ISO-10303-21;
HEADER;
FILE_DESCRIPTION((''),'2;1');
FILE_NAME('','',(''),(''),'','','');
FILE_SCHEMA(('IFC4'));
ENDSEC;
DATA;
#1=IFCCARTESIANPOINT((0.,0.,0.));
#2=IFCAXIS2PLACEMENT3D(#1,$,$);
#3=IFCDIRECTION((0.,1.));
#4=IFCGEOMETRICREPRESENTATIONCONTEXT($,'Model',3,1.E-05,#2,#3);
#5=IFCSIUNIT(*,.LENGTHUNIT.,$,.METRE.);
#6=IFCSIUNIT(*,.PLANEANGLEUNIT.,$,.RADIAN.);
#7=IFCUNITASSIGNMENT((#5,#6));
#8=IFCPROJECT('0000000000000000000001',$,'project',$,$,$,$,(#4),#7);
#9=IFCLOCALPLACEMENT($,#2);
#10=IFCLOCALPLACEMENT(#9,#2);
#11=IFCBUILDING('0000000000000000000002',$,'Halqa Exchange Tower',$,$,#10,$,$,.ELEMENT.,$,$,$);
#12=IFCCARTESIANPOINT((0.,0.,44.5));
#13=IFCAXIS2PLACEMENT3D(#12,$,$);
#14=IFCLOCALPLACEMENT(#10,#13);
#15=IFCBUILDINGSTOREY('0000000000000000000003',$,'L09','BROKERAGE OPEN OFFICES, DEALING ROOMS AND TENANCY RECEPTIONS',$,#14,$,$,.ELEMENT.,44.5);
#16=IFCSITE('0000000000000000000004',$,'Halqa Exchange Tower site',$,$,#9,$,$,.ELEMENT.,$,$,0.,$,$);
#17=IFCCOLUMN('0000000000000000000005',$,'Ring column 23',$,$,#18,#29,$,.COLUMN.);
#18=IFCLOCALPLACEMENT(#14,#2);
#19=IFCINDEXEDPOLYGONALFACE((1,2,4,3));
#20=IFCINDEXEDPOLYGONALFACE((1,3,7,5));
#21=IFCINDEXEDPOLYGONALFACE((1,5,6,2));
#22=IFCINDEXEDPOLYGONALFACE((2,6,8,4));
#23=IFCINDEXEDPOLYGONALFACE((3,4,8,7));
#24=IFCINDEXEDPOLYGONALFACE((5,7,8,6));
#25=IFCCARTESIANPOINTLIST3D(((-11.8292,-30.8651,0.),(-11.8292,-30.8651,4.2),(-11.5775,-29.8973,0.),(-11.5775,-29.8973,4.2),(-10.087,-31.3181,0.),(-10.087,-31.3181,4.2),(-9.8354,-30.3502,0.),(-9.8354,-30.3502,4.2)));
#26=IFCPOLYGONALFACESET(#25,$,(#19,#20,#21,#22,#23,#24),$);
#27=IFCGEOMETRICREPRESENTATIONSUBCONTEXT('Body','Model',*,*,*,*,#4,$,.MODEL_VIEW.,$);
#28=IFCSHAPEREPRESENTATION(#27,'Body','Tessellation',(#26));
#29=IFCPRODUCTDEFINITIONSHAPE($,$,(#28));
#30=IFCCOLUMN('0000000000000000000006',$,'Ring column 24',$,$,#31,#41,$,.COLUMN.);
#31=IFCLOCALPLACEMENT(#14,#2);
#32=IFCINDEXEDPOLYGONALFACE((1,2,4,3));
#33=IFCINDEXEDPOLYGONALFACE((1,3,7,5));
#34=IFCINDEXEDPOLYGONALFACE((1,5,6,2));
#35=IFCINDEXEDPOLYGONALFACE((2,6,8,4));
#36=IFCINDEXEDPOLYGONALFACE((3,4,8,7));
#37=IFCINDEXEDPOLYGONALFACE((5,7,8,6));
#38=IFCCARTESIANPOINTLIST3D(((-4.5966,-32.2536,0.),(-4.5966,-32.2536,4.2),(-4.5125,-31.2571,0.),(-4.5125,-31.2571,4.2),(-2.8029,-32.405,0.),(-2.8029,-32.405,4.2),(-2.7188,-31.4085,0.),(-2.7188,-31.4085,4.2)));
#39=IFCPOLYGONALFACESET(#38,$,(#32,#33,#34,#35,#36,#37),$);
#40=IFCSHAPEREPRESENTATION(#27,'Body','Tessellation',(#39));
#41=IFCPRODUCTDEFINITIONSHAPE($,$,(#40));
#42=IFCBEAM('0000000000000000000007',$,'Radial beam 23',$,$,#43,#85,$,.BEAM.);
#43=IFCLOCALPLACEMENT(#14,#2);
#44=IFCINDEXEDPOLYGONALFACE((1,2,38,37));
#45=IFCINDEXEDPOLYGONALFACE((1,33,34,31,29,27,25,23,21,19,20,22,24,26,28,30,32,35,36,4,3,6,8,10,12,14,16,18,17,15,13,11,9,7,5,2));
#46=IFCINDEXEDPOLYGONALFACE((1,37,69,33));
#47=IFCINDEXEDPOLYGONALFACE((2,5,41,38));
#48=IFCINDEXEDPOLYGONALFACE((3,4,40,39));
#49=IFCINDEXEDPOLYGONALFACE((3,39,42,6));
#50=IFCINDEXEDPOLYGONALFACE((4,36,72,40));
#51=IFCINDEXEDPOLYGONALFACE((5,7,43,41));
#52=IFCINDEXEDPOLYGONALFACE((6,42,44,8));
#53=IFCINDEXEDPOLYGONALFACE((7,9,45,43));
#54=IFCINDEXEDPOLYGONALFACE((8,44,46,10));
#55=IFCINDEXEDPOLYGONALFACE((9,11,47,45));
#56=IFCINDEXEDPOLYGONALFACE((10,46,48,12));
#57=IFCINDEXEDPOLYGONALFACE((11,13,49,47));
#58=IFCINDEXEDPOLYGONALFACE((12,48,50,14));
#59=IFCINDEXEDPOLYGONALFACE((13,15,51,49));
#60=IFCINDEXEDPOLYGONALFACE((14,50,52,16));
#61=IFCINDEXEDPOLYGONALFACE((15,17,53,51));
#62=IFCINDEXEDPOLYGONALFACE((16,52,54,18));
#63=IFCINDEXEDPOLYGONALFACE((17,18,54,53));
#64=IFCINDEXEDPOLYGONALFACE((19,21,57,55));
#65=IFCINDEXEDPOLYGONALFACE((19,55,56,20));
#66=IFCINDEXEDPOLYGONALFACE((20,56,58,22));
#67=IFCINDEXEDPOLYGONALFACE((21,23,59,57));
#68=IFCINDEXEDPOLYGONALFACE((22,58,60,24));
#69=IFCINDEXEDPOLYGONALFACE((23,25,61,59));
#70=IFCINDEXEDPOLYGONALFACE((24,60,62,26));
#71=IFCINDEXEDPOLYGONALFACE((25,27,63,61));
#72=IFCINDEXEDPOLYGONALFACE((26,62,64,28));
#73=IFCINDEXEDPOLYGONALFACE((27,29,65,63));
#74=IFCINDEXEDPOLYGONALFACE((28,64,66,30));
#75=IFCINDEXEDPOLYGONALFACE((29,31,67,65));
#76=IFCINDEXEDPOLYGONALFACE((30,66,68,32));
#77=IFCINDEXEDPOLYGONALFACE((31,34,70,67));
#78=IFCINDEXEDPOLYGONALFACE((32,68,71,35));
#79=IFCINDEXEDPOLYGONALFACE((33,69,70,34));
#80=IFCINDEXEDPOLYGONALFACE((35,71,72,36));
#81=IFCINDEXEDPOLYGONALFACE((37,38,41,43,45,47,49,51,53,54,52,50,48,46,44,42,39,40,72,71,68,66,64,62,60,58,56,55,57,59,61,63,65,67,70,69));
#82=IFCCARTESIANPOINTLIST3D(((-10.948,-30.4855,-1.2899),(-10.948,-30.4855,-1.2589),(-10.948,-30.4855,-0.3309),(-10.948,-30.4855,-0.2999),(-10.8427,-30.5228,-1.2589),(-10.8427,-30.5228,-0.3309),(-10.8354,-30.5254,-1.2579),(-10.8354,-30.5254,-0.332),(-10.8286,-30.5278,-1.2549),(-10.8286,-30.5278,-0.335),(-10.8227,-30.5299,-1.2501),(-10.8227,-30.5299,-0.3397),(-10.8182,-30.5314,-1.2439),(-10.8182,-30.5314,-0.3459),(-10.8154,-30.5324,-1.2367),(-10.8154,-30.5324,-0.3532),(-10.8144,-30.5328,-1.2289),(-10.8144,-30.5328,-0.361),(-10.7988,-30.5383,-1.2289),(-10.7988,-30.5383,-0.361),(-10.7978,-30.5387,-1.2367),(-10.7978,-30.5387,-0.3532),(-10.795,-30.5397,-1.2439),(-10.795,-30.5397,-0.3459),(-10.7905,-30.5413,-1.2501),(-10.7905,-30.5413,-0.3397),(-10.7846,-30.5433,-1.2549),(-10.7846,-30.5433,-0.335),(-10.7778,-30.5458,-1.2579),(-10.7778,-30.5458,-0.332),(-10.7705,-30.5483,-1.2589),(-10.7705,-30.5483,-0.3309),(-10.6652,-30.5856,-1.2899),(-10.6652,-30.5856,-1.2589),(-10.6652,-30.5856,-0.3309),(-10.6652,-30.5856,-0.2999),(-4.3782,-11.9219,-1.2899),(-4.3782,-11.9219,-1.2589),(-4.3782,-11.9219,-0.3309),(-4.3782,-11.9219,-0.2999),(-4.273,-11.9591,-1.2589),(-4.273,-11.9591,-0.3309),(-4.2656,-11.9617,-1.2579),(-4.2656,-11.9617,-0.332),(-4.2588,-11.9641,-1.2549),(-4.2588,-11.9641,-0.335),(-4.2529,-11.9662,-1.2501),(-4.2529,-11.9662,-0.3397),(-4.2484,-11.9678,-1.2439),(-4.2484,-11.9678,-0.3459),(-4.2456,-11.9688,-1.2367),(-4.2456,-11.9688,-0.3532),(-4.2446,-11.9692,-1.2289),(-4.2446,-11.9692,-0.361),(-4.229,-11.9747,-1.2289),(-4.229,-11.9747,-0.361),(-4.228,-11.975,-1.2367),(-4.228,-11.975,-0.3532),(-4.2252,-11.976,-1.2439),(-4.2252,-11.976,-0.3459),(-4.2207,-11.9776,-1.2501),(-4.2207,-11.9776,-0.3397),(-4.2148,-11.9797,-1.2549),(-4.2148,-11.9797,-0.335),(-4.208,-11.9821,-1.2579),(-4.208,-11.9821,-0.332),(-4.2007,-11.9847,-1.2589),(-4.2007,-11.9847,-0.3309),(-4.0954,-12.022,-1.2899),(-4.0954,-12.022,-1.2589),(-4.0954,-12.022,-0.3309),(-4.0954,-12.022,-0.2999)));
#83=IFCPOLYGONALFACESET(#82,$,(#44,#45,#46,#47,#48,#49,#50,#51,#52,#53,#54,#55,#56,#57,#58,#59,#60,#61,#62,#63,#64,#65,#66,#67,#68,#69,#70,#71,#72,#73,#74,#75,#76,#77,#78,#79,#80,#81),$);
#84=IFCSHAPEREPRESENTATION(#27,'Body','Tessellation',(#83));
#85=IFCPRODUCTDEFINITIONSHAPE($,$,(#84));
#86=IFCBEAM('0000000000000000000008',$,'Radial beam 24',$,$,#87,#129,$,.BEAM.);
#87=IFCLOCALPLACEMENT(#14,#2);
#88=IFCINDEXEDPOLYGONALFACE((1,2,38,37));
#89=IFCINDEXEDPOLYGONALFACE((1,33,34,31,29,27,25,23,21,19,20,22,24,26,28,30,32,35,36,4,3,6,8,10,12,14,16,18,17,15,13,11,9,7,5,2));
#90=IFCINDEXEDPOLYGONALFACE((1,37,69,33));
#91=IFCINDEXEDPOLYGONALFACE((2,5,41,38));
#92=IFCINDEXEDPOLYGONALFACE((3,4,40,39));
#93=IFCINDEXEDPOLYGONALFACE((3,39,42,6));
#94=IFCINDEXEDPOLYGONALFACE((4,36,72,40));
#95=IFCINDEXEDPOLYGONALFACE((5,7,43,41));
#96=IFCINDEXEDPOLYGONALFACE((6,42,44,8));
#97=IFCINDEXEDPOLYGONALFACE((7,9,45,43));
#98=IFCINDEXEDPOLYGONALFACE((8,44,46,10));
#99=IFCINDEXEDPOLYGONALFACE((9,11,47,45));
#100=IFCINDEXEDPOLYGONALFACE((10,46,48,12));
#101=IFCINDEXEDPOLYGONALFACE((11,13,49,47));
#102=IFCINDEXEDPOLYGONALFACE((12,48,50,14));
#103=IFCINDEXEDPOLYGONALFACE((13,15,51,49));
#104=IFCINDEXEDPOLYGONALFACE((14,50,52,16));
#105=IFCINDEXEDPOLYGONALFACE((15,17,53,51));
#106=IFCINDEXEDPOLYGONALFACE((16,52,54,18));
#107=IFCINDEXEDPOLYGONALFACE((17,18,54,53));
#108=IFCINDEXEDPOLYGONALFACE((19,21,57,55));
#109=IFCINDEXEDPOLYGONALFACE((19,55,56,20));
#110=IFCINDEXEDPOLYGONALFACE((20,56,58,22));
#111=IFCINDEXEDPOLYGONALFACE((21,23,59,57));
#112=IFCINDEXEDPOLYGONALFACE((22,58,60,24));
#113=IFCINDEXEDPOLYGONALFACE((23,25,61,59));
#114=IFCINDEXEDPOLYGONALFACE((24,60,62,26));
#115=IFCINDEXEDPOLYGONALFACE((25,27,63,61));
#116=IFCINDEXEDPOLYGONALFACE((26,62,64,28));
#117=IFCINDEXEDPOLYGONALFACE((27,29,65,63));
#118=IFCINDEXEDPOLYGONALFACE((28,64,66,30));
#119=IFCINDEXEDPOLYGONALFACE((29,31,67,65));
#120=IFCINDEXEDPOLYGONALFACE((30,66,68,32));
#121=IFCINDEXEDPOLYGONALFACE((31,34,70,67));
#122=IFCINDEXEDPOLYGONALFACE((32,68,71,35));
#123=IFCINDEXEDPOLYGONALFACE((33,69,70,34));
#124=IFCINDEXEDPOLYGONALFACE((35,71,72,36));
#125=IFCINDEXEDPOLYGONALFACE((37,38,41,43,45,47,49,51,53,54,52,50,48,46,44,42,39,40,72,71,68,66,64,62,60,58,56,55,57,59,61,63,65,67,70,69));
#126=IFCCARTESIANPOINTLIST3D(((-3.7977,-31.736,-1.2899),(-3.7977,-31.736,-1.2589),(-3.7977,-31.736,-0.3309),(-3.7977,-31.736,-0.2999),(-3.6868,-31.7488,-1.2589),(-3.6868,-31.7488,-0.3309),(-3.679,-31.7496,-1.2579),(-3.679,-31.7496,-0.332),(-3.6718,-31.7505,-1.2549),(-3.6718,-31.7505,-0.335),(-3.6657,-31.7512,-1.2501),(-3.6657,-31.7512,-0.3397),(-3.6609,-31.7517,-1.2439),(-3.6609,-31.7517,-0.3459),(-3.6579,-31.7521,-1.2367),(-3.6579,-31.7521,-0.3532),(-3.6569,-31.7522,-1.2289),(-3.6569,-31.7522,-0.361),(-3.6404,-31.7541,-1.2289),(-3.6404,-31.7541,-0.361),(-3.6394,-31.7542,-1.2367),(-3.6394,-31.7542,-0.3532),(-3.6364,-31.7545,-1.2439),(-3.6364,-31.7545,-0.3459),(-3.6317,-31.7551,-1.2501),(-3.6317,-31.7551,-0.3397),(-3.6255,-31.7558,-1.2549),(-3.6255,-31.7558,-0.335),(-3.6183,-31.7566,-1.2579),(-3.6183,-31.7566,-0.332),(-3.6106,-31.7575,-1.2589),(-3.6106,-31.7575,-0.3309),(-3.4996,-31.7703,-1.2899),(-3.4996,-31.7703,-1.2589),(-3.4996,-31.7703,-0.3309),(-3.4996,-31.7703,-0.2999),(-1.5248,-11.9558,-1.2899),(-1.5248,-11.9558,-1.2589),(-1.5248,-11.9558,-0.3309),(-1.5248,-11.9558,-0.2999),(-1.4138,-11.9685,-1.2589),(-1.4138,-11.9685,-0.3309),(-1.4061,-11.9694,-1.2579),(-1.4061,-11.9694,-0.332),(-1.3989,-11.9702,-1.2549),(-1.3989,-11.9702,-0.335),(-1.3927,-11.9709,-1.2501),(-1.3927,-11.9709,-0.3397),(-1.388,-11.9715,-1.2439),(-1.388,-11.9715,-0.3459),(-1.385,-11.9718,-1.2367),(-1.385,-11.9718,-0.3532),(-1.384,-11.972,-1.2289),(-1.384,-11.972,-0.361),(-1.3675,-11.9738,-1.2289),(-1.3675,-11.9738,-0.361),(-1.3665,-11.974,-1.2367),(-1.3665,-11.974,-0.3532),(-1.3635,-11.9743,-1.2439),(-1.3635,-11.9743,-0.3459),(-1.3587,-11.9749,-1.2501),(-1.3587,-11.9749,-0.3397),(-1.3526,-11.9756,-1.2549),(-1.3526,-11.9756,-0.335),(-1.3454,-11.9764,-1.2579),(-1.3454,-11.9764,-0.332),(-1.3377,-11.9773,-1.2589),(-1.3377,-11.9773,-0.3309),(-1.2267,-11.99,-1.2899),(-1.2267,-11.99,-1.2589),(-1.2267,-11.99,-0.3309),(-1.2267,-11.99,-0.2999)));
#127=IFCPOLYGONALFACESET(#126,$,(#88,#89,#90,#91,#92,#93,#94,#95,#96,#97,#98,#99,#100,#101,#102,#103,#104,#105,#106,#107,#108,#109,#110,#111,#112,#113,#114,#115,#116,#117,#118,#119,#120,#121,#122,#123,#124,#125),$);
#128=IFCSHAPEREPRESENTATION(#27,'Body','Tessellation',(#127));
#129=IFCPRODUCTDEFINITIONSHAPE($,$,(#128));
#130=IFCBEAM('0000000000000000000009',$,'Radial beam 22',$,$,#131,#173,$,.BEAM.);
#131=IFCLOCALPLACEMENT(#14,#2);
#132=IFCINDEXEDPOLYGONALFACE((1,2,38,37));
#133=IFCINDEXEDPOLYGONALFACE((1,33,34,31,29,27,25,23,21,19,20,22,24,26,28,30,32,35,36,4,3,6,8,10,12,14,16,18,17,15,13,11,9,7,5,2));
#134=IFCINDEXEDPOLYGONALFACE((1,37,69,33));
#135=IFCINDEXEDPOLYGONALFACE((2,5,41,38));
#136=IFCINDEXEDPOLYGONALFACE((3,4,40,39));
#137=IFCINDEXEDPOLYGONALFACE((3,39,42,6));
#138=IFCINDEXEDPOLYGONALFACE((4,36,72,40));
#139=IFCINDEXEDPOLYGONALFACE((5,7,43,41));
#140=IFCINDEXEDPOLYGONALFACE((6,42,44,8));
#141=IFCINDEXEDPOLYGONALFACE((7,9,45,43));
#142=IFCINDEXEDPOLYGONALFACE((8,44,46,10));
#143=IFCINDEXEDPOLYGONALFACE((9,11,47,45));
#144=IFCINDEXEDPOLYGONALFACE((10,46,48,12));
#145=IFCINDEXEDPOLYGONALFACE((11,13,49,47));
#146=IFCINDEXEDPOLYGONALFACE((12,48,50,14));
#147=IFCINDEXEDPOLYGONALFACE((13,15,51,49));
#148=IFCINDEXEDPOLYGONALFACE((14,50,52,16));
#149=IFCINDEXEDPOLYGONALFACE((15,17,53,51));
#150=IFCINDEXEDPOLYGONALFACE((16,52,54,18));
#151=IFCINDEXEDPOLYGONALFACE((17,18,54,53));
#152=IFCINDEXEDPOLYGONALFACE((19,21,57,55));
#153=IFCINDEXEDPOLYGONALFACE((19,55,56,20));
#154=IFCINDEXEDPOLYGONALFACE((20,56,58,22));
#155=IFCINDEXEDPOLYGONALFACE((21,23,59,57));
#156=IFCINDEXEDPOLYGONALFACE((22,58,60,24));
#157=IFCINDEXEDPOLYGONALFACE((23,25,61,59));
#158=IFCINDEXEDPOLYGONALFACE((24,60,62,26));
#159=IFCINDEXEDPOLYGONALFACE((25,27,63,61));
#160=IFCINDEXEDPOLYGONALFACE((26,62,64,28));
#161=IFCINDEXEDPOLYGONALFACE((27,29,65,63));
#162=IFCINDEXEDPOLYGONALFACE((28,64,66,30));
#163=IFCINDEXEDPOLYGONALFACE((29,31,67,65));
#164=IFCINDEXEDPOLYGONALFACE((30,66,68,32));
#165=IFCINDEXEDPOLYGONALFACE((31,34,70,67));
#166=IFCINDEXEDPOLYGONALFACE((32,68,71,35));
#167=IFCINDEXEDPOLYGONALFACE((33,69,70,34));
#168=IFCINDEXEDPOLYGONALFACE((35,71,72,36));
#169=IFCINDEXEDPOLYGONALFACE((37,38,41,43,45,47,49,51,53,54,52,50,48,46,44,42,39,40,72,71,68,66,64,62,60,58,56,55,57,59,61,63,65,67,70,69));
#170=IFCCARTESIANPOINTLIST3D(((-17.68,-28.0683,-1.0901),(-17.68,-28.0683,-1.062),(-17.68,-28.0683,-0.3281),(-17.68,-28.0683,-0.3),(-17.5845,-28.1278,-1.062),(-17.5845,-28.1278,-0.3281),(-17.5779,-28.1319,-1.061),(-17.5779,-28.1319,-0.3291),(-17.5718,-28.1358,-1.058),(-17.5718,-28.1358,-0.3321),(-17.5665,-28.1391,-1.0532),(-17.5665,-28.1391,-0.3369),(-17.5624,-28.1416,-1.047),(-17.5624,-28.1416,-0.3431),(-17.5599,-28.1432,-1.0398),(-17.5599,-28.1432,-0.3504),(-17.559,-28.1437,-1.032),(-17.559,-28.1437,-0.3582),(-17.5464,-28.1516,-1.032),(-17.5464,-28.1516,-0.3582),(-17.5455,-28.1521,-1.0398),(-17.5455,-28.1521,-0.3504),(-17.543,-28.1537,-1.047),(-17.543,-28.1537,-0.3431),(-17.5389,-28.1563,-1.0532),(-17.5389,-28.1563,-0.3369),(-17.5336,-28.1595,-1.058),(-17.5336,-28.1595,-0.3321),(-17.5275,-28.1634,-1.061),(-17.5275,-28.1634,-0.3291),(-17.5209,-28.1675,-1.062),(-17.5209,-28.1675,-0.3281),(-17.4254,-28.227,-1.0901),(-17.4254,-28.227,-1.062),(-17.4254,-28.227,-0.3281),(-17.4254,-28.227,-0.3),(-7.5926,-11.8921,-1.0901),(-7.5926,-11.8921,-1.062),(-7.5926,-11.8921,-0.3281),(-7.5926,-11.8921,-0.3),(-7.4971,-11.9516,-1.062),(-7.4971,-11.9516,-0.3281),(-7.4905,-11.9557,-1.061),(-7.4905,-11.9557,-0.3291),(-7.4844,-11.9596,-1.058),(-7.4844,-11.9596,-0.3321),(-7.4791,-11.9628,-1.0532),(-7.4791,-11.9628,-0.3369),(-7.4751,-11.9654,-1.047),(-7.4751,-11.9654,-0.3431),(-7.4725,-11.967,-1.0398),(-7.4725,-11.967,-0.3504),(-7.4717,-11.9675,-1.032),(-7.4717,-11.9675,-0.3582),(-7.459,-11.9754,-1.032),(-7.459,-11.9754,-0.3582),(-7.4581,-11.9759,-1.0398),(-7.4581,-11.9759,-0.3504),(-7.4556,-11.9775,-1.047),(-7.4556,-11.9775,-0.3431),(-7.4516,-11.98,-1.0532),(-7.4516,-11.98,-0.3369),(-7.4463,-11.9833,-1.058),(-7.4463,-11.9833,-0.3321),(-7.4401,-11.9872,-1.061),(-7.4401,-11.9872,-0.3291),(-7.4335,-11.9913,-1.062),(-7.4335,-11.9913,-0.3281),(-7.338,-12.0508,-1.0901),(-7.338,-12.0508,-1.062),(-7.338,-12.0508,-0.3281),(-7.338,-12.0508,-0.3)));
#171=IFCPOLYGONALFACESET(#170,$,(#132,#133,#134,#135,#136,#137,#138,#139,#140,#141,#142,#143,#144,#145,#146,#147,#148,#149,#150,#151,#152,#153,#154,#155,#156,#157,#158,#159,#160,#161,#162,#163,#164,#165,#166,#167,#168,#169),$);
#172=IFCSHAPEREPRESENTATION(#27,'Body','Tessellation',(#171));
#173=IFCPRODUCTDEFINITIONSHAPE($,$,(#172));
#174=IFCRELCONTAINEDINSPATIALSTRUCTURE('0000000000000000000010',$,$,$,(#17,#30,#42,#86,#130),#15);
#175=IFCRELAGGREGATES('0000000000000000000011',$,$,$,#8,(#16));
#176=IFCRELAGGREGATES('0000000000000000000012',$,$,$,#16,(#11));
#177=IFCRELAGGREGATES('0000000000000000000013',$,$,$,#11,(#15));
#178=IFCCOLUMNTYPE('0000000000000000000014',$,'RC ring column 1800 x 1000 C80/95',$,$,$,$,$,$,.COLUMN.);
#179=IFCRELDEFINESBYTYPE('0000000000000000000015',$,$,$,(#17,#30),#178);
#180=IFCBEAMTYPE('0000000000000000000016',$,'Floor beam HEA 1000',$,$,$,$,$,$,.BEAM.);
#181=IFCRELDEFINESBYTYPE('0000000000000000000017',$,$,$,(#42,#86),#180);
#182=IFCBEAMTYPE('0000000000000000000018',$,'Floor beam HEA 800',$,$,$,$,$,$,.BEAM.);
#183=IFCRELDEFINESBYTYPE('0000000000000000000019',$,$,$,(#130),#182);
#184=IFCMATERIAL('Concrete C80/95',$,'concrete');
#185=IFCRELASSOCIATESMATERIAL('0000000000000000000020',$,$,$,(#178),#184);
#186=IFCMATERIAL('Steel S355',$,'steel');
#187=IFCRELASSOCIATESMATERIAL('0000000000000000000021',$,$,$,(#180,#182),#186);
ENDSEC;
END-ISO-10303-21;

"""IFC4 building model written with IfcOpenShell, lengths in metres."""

from ifc_helpers import new_model, si_unit, direction, frame, origin, origin_2d, place, context, subcontext, project, spatial, rectangle, i_section, extrude, material, material_profile, profile_set, type_object, element, save


model = new_model("IFC4")

# Units and contexts
model_context = context("Model", 3, precision=1e-05, world=origin(), true_north=direction((0.0, 1.0)))
body_context = subcontext(model_context, "Body", "Model", "MODEL_VIEW")
ifc_project = project(units=[si_unit("LENGTHUNIT", "METRE"), si_unit("PLANEANGLEUNIT", "RADIAN")], contexts=[model_context])

# Site, building, storey
site_placement = place(None, origin())
site = spatial("IfcSite", under=ifc_project, at=site_placement, Name="Halqa Exchange Tower site", CompositionType="ELEMENT", RefElevation=0.0)
building_placement = place(site_placement, origin())
building = spatial("IfcBuilding", under=site, at=building_placement, Name="Halqa Exchange Tower", CompositionType="ELEMENT")
storey_placement = place(building_placement, frame((0.0, 0.0, 44.5)))
storey = spatial("IfcBuildingStorey", under=building, at=storey_placement, Name="L09", Description="BROKERAGE OPEN OFFICES, DEALING ROOMS AND TENANCY RECEPTIONS", CompositionType="ELEMENT", Elevation=44.5)

# Columns
ifc_material_1 = material(Name="Concrete C80/95", Category="concrete")
ifc_material_profile_1 = material_profile(ifc_material_1, rectangle(XDim=1.8, YDim=1.0, at=origin_2d()), Name="1800 x 1000")
ifc_profile_set_1 = profile_set([ifc_material_profile_1], Name="Concrete C80/95")
column_type = type_object("IfcColumnType", Name="RC ring column 1800 x 1000 C80/95", PredefinedType="COLUMN", material=ifc_profile_set_1)
for number, where, z_axis, x_axis, name in (
    (1, (-10.8323, -30.6077, 0.0), (0.0, 0.0, 1.0), (0.96782, -0.251644, 0.0), "Ring column 23"),
    (2, (-3.6577, -31.8311, 0.0), (0.0, 0.0, 1.0), (0.996455, -0.084125, 0.0), "Ring column 24"),
):
    element("IfcColumn", number, at=place(storey_placement, frame(where, z_axis=z_axis, x_axis=x_axis)), inside=storey, type_object=column_type, Name=name, PredefinedType="COLUMN", context=body_context, shape_type="SweptSolid", body=[
        extrude(rectangle(XDim=1.8, YDim=1.0, at=origin_2d()), origin(), (0.0, 0.0, 1.0), 4.2),
    ])

# Beams
ifc_material_2 = material(Name="Steel S355", Category="steel")
ifc_material_profile_2 = material_profile(ifc_material_2, i_section(OverallWidth=0.3, OverallDepth=0.99, WebThickness=0.0166, FlangeThickness=0.031, FilletRadius=0.03, at=origin_2d()), Name="HEA 1000")
ifc_profile_set_2 = profile_set([ifc_material_profile_2], Name="Steel S355")
beam_type_1 = type_object("IfcBeamType", Name="Floor beam HEA 1000", PredefinedType="BEAM", material=ifc_profile_set_2)
beam_1_placement = place(storey_placement, frame((-4.2368, -11.9719, -0.7949), z_axis=(-0.333629, -0.942704, 0.0), x_axis=(0.942704, -0.333629, 0.0)))
element("IfcBeam", 3, at=beam_1_placement, inside=storey, type_object=beam_type_1, Name="Radial beam 23", PredefinedType="BEAM", context=body_context, shape_type="SweptSolid", body=[
    extrude(i_section(OverallWidth=0.3, OverallDepth=0.99, WebThickness=0.0166, FlangeThickness=0.031, FilletRadius=0.03, at=origin_2d()), origin(), (0.0, 0.0, 1.0), 19.6919),
])
beam_2_placement = place(storey_placement, frame((-1.3757, -11.9729, -0.7949), z_axis=(-0.114159, -0.993463, 0.0), x_axis=(0.993463, -0.114159, 0.0)))
element("IfcBeam", 4, at=beam_2_placement, inside=storey, type_object=beam_type_1, Name="Radial beam 24", PredefinedType="BEAM", context=body_context, shape_type="SweptSolid", body=[
    extrude(i_section(OverallWidth=0.3, OverallDepth=0.99, WebThickness=0.0166, FlangeThickness=0.031, FilletRadius=0.03, at=origin_2d()), origin(), (0.0, 0.0, 1.0), 19.9104),
])
ifc_material_profile_3 = material_profile(ifc_material_2, i_section(OverallWidth=0.3, OverallDepth=0.79, WebThickness=0.0149, FlangeThickness=0.0281, FilletRadius=0.03, at=origin_2d()), Name="HEA 800")
ifc_profile_set_3 = profile_set([ifc_material_profile_3], Name="Steel S355")
beam_type_2 = type_object("IfcBeamType", Name="Floor beam HEA 800", PredefinedType="BEAM", material=ifc_profile_set_3)
beam_3_placement = place(storey_placement, frame((-7.4653, -11.9714, -0.6951), z_axis=(-0.52914, -0.848535, 0.0), x_axis=(0.848535, -0.52914, 0.0)))
element("IfcBeam", 5, at=beam_3_placement, inside=storey, type_object=beam_type_2, Name="Radial beam 22", PredefinedType="BEAM", context=body_context, shape_type="SweptSolid", body=[
    extrude(i_section(OverallWidth=0.3, OverallDepth=0.79, WebThickness=0.0149, FlangeThickness=0.0281, FilletRadius=0.03, at=origin_2d()), origin(), (0.0, 0.0, 1.0), 19.0637),
])

save(model, "model.ifc")
